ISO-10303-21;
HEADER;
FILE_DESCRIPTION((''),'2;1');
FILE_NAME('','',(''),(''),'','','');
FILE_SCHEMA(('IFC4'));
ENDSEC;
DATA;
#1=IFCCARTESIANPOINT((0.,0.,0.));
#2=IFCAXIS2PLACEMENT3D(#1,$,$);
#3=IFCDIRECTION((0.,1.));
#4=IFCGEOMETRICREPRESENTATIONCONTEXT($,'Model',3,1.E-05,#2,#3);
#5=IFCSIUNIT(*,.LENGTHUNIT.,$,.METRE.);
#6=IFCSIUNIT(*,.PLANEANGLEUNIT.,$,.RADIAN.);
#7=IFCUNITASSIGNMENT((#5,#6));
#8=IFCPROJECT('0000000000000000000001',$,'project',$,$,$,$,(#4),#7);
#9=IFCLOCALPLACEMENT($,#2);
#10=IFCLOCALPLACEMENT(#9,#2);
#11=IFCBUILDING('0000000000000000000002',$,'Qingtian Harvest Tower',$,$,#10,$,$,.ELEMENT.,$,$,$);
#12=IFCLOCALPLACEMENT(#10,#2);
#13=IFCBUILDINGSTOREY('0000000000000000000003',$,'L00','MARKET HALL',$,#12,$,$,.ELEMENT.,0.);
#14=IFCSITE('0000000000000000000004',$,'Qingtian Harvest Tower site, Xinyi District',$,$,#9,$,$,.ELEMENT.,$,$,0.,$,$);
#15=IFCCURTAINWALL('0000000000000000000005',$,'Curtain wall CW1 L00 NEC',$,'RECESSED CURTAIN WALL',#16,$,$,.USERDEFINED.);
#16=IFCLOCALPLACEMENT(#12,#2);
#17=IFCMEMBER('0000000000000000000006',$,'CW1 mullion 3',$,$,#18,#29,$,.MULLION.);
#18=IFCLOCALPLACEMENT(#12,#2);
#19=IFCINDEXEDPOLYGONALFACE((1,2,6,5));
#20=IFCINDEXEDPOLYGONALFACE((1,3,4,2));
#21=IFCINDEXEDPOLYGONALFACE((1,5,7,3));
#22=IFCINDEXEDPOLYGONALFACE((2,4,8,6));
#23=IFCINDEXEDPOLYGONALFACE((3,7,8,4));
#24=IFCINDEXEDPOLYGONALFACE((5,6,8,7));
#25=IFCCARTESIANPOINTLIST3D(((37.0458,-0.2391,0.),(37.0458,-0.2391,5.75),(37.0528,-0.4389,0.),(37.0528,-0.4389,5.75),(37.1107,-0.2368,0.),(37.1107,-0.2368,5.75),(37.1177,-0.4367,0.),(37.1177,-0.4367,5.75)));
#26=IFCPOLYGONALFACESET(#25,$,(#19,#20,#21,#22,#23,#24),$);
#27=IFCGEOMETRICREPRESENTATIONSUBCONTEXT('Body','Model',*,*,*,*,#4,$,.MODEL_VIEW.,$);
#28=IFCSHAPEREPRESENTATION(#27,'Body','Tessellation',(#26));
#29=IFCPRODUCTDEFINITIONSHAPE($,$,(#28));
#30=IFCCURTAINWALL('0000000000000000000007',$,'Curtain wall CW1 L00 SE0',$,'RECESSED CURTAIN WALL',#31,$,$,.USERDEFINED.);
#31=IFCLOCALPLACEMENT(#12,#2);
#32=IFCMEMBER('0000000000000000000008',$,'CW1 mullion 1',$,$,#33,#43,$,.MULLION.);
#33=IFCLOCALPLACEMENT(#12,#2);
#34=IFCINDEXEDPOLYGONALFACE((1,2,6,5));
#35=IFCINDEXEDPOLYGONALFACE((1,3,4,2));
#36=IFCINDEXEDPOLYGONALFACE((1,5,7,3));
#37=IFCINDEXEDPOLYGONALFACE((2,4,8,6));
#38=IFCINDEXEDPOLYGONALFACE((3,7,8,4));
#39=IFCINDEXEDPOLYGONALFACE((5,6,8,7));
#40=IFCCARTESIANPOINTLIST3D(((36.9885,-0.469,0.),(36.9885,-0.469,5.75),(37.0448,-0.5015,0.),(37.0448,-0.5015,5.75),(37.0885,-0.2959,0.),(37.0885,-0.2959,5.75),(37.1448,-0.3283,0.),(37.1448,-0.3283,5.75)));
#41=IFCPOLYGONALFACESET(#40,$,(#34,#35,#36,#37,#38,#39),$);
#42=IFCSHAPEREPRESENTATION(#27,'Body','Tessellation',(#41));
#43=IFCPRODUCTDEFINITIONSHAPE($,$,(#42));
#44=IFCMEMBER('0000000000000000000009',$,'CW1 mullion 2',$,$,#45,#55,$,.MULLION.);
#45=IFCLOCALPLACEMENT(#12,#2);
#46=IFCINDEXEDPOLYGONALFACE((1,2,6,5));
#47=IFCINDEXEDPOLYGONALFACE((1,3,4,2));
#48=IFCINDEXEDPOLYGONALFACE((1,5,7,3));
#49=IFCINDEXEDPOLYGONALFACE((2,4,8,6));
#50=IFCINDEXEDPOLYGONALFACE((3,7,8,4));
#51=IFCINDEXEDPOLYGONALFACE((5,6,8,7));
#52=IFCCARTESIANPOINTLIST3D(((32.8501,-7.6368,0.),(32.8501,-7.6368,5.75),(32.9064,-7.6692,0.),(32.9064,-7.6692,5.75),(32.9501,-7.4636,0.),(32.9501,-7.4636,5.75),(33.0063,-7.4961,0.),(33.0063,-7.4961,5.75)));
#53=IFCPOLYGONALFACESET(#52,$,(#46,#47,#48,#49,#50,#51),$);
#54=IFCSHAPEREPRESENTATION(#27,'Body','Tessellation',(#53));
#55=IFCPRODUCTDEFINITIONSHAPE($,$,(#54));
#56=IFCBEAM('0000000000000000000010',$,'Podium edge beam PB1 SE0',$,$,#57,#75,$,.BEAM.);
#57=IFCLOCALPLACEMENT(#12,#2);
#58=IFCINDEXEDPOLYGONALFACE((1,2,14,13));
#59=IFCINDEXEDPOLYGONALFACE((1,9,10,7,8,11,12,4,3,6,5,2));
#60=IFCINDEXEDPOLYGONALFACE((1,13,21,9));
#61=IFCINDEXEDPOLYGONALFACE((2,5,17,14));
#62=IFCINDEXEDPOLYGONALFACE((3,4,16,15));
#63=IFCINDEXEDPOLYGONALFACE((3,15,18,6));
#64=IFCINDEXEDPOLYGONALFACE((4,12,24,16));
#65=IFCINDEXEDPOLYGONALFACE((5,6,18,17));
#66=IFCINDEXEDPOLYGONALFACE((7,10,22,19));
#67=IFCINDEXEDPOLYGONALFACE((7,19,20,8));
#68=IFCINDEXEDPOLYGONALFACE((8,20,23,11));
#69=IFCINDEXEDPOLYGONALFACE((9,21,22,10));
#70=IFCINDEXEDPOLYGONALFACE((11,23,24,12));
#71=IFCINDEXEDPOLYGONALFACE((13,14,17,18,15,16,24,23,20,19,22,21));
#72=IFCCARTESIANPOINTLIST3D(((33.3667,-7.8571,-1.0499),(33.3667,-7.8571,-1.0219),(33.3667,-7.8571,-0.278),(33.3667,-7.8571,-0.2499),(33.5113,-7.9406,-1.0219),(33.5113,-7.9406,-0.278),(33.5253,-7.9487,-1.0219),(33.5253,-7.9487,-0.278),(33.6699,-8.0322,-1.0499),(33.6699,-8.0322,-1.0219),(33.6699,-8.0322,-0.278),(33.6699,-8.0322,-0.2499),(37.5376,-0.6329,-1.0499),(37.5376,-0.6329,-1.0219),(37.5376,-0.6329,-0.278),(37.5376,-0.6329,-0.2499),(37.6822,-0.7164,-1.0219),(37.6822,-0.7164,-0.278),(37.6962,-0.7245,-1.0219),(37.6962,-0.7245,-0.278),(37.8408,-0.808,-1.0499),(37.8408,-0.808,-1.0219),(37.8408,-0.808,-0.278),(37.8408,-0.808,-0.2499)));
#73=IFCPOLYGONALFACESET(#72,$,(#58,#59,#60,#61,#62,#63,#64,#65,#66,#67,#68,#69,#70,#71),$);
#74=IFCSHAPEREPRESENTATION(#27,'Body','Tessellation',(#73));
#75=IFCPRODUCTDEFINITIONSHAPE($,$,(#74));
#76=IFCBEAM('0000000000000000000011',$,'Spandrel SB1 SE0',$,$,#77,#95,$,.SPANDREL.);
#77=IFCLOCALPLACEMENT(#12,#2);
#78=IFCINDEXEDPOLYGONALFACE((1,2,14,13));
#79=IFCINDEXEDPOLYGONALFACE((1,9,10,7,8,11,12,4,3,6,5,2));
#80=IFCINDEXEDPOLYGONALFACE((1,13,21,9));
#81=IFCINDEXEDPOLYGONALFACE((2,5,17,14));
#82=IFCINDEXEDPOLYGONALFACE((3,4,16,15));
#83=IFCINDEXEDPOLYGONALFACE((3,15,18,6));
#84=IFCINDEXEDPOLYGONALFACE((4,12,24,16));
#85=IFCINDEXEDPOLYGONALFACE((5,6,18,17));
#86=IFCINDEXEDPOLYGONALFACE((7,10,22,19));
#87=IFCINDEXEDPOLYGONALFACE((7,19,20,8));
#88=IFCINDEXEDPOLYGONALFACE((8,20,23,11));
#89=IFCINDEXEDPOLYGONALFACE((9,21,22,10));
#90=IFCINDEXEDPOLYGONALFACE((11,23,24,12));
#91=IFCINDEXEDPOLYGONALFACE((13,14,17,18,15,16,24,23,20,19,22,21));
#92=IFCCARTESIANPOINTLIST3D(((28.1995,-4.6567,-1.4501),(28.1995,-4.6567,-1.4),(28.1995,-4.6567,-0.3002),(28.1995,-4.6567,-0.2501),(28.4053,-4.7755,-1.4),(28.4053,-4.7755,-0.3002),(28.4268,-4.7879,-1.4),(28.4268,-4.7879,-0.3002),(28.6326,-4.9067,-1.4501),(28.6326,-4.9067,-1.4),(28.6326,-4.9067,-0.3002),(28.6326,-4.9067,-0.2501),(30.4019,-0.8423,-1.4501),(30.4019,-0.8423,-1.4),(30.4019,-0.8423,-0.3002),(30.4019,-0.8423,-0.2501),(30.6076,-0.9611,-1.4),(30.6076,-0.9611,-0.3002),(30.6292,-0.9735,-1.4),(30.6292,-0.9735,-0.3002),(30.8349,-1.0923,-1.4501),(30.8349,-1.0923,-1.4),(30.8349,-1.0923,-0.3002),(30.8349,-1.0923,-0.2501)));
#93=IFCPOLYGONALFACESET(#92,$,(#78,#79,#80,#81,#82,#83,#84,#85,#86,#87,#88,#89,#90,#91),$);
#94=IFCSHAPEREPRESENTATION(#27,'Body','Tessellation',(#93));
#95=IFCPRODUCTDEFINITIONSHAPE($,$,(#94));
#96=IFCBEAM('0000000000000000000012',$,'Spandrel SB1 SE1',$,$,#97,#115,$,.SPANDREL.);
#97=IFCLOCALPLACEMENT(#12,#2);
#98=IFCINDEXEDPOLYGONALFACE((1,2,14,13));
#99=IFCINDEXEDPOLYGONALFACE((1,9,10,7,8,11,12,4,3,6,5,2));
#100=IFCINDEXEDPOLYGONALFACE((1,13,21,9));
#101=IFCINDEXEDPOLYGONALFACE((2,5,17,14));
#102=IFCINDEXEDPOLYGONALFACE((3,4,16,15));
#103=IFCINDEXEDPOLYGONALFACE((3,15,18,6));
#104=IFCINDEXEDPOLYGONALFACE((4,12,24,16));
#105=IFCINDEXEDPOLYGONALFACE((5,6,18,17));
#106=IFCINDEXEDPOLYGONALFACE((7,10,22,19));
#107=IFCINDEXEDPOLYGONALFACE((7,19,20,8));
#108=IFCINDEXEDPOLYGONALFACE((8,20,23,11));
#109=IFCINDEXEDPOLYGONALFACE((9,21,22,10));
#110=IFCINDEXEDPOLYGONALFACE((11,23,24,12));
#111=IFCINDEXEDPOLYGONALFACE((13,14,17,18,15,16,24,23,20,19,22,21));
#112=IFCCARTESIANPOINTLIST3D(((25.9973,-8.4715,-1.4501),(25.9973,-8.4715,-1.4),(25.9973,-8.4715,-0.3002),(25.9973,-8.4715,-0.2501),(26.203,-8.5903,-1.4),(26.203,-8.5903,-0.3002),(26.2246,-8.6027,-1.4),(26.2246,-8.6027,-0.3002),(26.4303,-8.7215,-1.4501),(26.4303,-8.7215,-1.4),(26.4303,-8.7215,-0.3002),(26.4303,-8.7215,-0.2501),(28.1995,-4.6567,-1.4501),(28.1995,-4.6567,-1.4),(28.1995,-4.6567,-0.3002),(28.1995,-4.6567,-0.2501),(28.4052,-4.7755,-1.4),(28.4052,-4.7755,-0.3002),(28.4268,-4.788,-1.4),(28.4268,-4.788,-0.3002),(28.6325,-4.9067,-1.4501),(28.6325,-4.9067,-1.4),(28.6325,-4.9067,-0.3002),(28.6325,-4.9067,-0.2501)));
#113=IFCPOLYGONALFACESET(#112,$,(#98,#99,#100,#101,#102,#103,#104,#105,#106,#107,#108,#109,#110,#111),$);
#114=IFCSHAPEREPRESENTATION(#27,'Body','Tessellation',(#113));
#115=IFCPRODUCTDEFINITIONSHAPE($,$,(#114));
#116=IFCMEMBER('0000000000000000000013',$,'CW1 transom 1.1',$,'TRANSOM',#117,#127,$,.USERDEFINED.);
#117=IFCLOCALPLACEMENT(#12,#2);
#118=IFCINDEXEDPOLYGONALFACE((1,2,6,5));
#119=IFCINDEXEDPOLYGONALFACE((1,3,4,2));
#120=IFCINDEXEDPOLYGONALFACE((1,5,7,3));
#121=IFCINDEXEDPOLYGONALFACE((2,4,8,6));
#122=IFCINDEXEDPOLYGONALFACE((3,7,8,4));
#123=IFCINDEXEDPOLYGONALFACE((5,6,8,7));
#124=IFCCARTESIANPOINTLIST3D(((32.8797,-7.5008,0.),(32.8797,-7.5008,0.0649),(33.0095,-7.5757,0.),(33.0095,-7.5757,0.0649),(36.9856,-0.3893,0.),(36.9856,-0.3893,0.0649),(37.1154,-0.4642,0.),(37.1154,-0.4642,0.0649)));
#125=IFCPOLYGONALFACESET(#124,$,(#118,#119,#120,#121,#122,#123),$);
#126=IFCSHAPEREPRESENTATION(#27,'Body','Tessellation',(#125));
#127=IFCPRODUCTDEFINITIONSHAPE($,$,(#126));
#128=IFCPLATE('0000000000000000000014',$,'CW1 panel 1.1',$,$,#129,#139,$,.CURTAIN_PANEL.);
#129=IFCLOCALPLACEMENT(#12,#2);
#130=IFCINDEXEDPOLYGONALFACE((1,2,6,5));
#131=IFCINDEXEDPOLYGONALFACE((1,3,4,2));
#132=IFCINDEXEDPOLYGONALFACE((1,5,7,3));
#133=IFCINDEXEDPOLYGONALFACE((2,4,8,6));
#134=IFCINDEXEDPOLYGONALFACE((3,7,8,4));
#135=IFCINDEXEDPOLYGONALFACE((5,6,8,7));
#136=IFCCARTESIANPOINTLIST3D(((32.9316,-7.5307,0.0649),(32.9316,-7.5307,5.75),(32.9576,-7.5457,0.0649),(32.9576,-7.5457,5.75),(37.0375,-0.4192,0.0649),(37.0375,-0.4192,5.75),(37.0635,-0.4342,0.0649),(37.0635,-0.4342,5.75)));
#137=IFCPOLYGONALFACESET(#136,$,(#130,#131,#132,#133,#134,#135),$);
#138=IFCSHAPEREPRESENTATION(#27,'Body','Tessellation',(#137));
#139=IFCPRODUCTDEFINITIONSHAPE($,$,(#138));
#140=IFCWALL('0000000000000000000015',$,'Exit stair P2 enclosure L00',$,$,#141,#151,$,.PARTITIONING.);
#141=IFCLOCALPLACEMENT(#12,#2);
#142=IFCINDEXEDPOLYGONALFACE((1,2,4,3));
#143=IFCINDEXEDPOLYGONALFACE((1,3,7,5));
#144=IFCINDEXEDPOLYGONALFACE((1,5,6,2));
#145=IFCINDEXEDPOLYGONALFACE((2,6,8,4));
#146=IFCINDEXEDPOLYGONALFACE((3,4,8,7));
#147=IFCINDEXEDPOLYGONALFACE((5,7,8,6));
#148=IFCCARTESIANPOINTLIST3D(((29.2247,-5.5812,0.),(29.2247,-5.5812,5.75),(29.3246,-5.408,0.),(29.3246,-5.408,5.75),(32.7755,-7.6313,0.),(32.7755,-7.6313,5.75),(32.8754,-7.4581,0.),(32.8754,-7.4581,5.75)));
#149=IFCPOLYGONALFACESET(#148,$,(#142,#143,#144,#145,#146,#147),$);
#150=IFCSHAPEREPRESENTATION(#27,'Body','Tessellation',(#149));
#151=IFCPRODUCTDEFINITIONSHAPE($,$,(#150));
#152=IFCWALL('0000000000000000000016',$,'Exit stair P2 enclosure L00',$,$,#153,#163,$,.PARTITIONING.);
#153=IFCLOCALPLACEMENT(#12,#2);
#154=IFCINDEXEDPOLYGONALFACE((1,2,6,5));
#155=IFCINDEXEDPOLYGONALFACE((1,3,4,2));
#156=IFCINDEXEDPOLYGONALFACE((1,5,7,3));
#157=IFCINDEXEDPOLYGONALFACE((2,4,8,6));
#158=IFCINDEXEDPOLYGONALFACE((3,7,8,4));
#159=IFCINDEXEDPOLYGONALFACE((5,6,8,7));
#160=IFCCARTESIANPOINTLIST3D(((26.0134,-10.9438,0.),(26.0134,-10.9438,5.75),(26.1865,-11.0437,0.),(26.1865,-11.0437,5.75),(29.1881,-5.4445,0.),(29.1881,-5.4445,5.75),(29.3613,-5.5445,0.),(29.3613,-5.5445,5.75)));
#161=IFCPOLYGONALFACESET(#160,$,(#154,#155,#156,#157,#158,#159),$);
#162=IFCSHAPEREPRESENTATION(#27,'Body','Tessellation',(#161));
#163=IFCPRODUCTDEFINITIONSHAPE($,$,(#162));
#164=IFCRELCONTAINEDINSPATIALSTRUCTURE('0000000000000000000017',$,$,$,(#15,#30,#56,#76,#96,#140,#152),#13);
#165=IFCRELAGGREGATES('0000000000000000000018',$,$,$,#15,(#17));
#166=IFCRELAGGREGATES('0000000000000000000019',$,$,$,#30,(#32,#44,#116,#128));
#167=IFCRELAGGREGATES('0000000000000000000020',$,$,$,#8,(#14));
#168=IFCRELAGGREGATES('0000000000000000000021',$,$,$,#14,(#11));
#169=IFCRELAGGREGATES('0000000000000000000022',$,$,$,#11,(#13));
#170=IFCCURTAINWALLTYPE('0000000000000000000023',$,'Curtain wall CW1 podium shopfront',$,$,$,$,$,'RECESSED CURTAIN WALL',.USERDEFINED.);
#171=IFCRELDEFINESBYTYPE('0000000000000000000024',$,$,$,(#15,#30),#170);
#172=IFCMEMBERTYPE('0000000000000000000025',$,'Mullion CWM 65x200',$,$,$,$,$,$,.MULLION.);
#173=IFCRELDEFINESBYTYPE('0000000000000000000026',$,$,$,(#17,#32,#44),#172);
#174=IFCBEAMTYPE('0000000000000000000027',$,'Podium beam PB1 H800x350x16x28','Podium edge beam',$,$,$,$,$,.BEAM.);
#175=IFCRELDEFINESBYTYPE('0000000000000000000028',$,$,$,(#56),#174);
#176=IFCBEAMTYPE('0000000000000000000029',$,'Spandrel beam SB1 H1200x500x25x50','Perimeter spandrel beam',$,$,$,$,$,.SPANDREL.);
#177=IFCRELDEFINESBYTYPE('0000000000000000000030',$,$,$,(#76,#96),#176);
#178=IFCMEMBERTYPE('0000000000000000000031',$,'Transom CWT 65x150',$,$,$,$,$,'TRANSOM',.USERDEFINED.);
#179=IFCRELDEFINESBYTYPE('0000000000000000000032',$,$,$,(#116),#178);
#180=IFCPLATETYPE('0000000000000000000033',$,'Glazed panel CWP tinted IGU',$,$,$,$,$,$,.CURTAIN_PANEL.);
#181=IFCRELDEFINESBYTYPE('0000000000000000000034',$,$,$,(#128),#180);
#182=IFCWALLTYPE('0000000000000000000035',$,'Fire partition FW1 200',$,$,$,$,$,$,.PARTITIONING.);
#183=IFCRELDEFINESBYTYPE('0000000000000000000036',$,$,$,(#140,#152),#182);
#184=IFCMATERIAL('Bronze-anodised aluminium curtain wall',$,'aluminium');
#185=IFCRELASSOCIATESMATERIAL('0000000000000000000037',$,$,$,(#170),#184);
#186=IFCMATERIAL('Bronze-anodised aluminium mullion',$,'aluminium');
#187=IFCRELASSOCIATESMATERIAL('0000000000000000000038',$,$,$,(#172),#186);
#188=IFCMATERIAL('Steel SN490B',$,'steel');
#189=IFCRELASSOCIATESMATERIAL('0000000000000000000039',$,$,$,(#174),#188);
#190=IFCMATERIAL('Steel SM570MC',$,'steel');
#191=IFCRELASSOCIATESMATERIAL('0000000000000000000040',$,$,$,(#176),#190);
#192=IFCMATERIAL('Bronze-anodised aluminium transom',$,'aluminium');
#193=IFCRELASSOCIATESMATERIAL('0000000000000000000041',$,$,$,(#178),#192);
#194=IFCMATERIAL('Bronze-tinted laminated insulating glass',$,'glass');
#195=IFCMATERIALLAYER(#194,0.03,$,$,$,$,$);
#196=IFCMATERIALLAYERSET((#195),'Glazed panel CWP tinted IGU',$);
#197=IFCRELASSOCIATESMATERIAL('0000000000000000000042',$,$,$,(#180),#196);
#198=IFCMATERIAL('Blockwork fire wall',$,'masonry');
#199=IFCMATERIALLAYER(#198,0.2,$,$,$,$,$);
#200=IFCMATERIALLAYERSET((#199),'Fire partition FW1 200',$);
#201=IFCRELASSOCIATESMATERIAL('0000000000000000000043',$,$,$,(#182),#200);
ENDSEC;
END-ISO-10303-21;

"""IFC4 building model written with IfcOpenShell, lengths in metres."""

from ifc_helpers import new_model, si_unit, direction, frame, frame_2d, origin, origin_2d, place, context, subcontext, project, spatial, rectangle, i_section, extrude, material, layer, layer_set, material_profile, profile_set, type_object, element, aggregate, save


model = new_model("IFC4")

# Units and contexts
model_context = context("Model", 3, precision=1e-05, world=origin(), true_north=direction((0.0, 1.0)))
body_context = subcontext(model_context, "Body", "Model", "MODEL_VIEW")
ifc_project = project(units=[si_unit("LENGTHUNIT", "METRE"), si_unit("PLANEANGLEUNIT", "RADIAN")], contexts=[model_context])

# Site, building, storey
site_placement = place(None, origin())
site = spatial("IfcSite", under=ifc_project, at=site_placement, Name="Qingtian Harvest Tower site, Xinyi District", CompositionType="ELEMENT", RefElevation=0.0)
building_placement = place(site_placement, origin())
building = spatial("IfcBuilding", under=site, at=building_placement, Name="Qingtian Harvest Tower", CompositionType="ELEMENT")
storey_placement = place(building_placement, origin())
storey = spatial("IfcBuildingStorey", under=building, at=storey_placement, Name="L00", Description="MARKET HALL", CompositionType="ELEMENT", Elevation=0.0)

# Curtain wall, member
ifc_material_1 = material(Name="Bronze-anodised aluminium curtain wall", Category="aluminium")
curtain_wall_type = type_object("IfcCurtainWallType", Name="Curtain wall CW1 podium shopfront", ElementType="RECESSED CURTAIN WALL", PredefinedType="USERDEFINED", material=ifc_material_1)
curtain_wall_1_placement = place(storey_placement, origin())
curtain_wall_1 = element("IfcCurtainWall", 1, at=curtain_wall_1_placement, inside=storey, type_object=curtain_wall_type, Name="Curtain wall CW1 L00 NEC", ObjectType="RECESSED CURTAIN WALL", PredefinedType="USERDEFINED")
ifc_material_2 = material(Name="Bronze-anodised aluminium mullion", Category="aluminium")
ifc_material_profile_1 = material_profile(ifc_material_2, rectangle(XDim=0.0649, YDim=0.2, at=origin_2d()), Name="AL 65x200")
ifc_profile_set_1 = profile_set([ifc_material_profile_1], Name="Bronze-anodised aluminium mullion")
member_type_1 = type_object("IfcMemberType", Name="Mullion CWM 65x200", PredefinedType="MULLION", material=ifc_profile_set_1)
member_1_placement = place(storey_placement, frame((37.0818, -0.3379, 0.0), z_axis=(0.0, 0.0, 1.0), x_axis=(0.999391, 0.034899, 0.0)))
member_1 = element("IfcMember", 2, at=member_1_placement, type_object=member_type_1, Name="CW1 mullion 3", PredefinedType="MULLION", context=body_context, shape_type="SweptSolid", body=[
    extrude(rectangle(XDim=0.0649, YDim=0.2, at=origin_2d()), origin(), (0.0, 0.0, 1.0), 5.75),
])
aggregate(curtain_wall_1, [member_1])

# Curtain wall, members
curtain_wall_2_placement = place(storey_placement, origin())
curtain_wall_2 = element("IfcCurtainWall", 3, at=curtain_wall_2_placement, inside=storey, type_object=curtain_wall_type, Name="Curtain wall CW1 L00 SE0", ObjectType="RECESSED CURTAIN WALL", PredefinedType="USERDEFINED")
member_2_placement = place(storey_placement, frame((37.0667, -0.3987, 0.0), z_axis=(0.0, 0.0, 1.0), x_axis=(0.866025, -0.5, 0.0)))
member_2 = element("IfcMember", 4, at=member_2_placement, type_object=member_type_1, Name="CW1 mullion 1", PredefinedType="MULLION", context=body_context, shape_type="SweptSolid", body=[
    extrude(rectangle(XDim=0.0649, YDim=0.2, at=origin_2d()), origin(), (0.0, 0.0, 1.0), 5.75),
])
member_3_placement = place(storey_placement, frame((32.9282, -7.5664, 0.0), z_axis=(0.0, 0.0, 1.0), x_axis=(0.866025, -0.5, 0.0)))
member_3 = element("IfcMember", 5, at=member_3_placement, type_object=member_type_1, Name="CW1 mullion 2", PredefinedType="MULLION", context=body_context, shape_type="SweptSolid", body=[
    extrude(rectangle(XDim=0.0649, YDim=0.2, at=origin_2d()), origin(), (0.0, 0.0, 1.0), 5.75),
])

# Beams
ifc_material_3 = material(Name="Steel SN490B", Category="steel")
ifc_material_profile_2 = material_profile(ifc_material_3, i_section(OverallWidth=0.3501, OverallDepth=0.8, WebThickness=0.0161, FlangeThickness=0.0281, at=origin_2d()), Name="H800x350x16x28")
ifc_profile_set_2 = profile_set([ifc_material_profile_2], Name="Steel SN490B")
beam_type_1 = type_object("IfcBeamType", Name="Podium beam PB1 H800x350x16x28", Description="Podium edge beam", PredefinedType="BEAM", material=ifc_profile_set_2)
beam_1_placement = place(storey_placement, frame((37.6892, -0.7205, -0.6499), z_axis=(-0.500005, -0.866023, 0.0), x_axis=(0.866023, -0.500005, 0.0)))
element("IfcBeam", 6, at=beam_1_placement, inside=storey, type_object=beam_type_1, Name="Podium edge beam PB1 SE0", PredefinedType="BEAM", context=body_context, shape_type="SweptSolid", body=[
    extrude(i_section(OverallWidth=0.3501, OverallDepth=0.8, WebThickness=0.0161, FlangeThickness=0.0281, at=origin_2d()), origin(), (0.0, 0.0, 1.0), 8.3418),
])
ifc_material_4 = material(Name="Steel SM570MC", Category="steel")
ifc_material_profile_3 = material_profile(ifc_material_4, i_section(OverallWidth=0.5, OverallDepth=1.2, WebThickness=0.0249, FlangeThickness=0.05, at=origin_2d()), Name="H1200x500x25x50")
ifc_profile_set_3 = profile_set([ifc_material_profile_3], Name="Steel SM570MC")
beam_type_2 = type_object("IfcBeamType", Name="Spandrel beam SB1 H1200x500x25x50", Description="Perimeter spandrel beam", PredefinedType="SPANDREL", material=ifc_profile_set_3)
beam_2_placement = place(storey_placement, frame((30.6184, -0.9673, -0.8501), z_axis=(-0.50002, -0.866014, 0.0), x_axis=(0.866014, -0.50002, 0.0)))
element("IfcBeam", 7, at=beam_2_placement, inside=storey, type_object=beam_type_2, Name="Spandrel SB1 SE0", PredefinedType="SPANDREL", context=body_context, shape_type="SweptSolid", body=[
    extrude(i_section(OverallWidth=0.5, OverallDepth=1.2, WebThickness=0.0249, FlangeThickness=0.05, at=origin_2d()), origin(), (0.0, 0.0, 1.0), 4.4045),
])
beam_3_placement = place(storey_placement, frame((28.416, -4.7817, -0.8501), z_axis=(-0.499954, -0.866052, 0.0), x_axis=(0.866052, -0.499954, 0.0)))
element("IfcBeam", 8, at=beam_3_placement, inside=storey, type_object=beam_type_2, Name="Spandrel SB1 SE1", PredefinedType="SPANDREL", context=body_context, shape_type="SweptSolid", body=[
    extrude(i_section(OverallWidth=0.5, OverallDepth=1.2, WebThickness=0.0249, FlangeThickness=0.05, at=origin_2d()), origin(), (0.0, 0.0, 1.0), 4.4048),
])

# Member
ifc_material_5 = material(Name="Bronze-anodised aluminium transom", Category="aluminium")
ifc_material_profile_4 = material_profile(ifc_material_5, rectangle(XDim=0.1499, YDim=0.0649, at=origin_2d()), Name="AL 65x150")
ifc_profile_set_4 = profile_set([ifc_material_profile_4], Name="Bronze-anodised aluminium transom")
member_type_2 = type_object("IfcMemberType", Name="Transom CWT 65x150", ElementType="TRANSOM", PredefinedType="USERDEFINED", material=ifc_profile_set_4)
member_4_placement = place(storey_placement, frame((37.0505, -0.4268, 0.0325), z_axis=(-0.500008, -0.866021, 0.0), x_axis=(0.866021, -0.500008, 0.0)))
member_4 = element("IfcMember", 9, at=member_4_placement, type_object=member_type_2, Name="CW1 transom 1.1", ObjectType="TRANSOM", PredefinedType="USERDEFINED", context=body_context, shape_type="SweptSolid", body=[
    extrude(rectangle(XDim=0.1499, YDim=0.0649, at=origin_2d()), origin(), (0.0, 0.0, 1.0), 8.2117),
])

# Plate
ifc_material_6 = material(Name="Bronze-tinted laminated insulating glass", Category="glass")
ifc_layer_1 = layer(ifc_material_6, 0.03)
ifc_layer_set_1 = layer_set([ifc_layer_1], Name="Glazed panel CWP tinted IGU")
plate_type = type_object("IfcPlateType", Name="Glazed panel CWP tinted IGU", PredefinedType="CURTAIN_PANEL", material=ifc_layer_set_1)
plate_placement = place(storey_placement, frame((34.9976, -3.9824, 0.0649), z_axis=(0.0, 0.0, 1.0), x_axis=(-0.5, -0.866025, 0.0)))
plate = element("IfcPlate", 10, at=plate_placement, type_object=plate_type, Name="CW1 panel 1.1", PredefinedType="CURTAIN_PANEL", context=body_context, shape_type="SweptSolid", body=[
    extrude(rectangle(XDim=8.2117, YDim=0.03, at=origin_2d()), origin(), (0.0, 0.0, 1.0), 5.6851),
])
aggregate(curtain_wall_2, [member_2, member_3, member_4, plate])

# Walls
ifc_material_7 = material(Name="Blockwork fire wall", Category="masonry")
ifc_layer_2 = layer(ifc_material_7, 0.2)
ifc_layer_set_2 = layer_set([ifc_layer_2], Name="Fire partition FW1 200")
wall_type_1 = type_object("IfcWallType", Name="Fire partition FW1 200", PredefinedType="PARTITIONING", material=ifc_layer_set_2)
wall_1_placement = place(storey_placement, frame((32.8254, -7.5447, 0.0), z_axis=(0.0, 0.0, 1.0), x_axis=(-0.866025, 0.500001, 0.0)))
element("IfcWall", 11, at=wall_1_placement, inside=storey, type_object=wall_type_1, Name="Exit stair P2 enclosure L00", PredefinedType="PARTITIONING", context=body_context, shape_type="SweptSolid", body=[
    extrude(rectangle(XDim=4.1001, YDim=0.2, at=frame_2d((2.05, 0.0))), origin(), (0.0, 0.0, 1.0), 5.75),
])
wall_2_placement = place(storey_placement, frame((29.2747, -5.4946, 0.0), z_axis=(0.0, 0.0, 1.0), x_axis=(-0.499977, -0.866039, 0.0)))
element("IfcWall", 12, at=wall_2_placement, inside=storey, type_object=wall_type_1, Name="Exit stair P2 enclosure L00", PredefinedType="PARTITIONING", context=body_context, shape_type="SweptSolid", body=[
    extrude(rectangle(XDim=6.3499, YDim=0.2, at=frame_2d((3.1748, 0.0))), origin(), (0.0, 0.0, 1.0), 5.75),
])

save(model, "model.ifc")
